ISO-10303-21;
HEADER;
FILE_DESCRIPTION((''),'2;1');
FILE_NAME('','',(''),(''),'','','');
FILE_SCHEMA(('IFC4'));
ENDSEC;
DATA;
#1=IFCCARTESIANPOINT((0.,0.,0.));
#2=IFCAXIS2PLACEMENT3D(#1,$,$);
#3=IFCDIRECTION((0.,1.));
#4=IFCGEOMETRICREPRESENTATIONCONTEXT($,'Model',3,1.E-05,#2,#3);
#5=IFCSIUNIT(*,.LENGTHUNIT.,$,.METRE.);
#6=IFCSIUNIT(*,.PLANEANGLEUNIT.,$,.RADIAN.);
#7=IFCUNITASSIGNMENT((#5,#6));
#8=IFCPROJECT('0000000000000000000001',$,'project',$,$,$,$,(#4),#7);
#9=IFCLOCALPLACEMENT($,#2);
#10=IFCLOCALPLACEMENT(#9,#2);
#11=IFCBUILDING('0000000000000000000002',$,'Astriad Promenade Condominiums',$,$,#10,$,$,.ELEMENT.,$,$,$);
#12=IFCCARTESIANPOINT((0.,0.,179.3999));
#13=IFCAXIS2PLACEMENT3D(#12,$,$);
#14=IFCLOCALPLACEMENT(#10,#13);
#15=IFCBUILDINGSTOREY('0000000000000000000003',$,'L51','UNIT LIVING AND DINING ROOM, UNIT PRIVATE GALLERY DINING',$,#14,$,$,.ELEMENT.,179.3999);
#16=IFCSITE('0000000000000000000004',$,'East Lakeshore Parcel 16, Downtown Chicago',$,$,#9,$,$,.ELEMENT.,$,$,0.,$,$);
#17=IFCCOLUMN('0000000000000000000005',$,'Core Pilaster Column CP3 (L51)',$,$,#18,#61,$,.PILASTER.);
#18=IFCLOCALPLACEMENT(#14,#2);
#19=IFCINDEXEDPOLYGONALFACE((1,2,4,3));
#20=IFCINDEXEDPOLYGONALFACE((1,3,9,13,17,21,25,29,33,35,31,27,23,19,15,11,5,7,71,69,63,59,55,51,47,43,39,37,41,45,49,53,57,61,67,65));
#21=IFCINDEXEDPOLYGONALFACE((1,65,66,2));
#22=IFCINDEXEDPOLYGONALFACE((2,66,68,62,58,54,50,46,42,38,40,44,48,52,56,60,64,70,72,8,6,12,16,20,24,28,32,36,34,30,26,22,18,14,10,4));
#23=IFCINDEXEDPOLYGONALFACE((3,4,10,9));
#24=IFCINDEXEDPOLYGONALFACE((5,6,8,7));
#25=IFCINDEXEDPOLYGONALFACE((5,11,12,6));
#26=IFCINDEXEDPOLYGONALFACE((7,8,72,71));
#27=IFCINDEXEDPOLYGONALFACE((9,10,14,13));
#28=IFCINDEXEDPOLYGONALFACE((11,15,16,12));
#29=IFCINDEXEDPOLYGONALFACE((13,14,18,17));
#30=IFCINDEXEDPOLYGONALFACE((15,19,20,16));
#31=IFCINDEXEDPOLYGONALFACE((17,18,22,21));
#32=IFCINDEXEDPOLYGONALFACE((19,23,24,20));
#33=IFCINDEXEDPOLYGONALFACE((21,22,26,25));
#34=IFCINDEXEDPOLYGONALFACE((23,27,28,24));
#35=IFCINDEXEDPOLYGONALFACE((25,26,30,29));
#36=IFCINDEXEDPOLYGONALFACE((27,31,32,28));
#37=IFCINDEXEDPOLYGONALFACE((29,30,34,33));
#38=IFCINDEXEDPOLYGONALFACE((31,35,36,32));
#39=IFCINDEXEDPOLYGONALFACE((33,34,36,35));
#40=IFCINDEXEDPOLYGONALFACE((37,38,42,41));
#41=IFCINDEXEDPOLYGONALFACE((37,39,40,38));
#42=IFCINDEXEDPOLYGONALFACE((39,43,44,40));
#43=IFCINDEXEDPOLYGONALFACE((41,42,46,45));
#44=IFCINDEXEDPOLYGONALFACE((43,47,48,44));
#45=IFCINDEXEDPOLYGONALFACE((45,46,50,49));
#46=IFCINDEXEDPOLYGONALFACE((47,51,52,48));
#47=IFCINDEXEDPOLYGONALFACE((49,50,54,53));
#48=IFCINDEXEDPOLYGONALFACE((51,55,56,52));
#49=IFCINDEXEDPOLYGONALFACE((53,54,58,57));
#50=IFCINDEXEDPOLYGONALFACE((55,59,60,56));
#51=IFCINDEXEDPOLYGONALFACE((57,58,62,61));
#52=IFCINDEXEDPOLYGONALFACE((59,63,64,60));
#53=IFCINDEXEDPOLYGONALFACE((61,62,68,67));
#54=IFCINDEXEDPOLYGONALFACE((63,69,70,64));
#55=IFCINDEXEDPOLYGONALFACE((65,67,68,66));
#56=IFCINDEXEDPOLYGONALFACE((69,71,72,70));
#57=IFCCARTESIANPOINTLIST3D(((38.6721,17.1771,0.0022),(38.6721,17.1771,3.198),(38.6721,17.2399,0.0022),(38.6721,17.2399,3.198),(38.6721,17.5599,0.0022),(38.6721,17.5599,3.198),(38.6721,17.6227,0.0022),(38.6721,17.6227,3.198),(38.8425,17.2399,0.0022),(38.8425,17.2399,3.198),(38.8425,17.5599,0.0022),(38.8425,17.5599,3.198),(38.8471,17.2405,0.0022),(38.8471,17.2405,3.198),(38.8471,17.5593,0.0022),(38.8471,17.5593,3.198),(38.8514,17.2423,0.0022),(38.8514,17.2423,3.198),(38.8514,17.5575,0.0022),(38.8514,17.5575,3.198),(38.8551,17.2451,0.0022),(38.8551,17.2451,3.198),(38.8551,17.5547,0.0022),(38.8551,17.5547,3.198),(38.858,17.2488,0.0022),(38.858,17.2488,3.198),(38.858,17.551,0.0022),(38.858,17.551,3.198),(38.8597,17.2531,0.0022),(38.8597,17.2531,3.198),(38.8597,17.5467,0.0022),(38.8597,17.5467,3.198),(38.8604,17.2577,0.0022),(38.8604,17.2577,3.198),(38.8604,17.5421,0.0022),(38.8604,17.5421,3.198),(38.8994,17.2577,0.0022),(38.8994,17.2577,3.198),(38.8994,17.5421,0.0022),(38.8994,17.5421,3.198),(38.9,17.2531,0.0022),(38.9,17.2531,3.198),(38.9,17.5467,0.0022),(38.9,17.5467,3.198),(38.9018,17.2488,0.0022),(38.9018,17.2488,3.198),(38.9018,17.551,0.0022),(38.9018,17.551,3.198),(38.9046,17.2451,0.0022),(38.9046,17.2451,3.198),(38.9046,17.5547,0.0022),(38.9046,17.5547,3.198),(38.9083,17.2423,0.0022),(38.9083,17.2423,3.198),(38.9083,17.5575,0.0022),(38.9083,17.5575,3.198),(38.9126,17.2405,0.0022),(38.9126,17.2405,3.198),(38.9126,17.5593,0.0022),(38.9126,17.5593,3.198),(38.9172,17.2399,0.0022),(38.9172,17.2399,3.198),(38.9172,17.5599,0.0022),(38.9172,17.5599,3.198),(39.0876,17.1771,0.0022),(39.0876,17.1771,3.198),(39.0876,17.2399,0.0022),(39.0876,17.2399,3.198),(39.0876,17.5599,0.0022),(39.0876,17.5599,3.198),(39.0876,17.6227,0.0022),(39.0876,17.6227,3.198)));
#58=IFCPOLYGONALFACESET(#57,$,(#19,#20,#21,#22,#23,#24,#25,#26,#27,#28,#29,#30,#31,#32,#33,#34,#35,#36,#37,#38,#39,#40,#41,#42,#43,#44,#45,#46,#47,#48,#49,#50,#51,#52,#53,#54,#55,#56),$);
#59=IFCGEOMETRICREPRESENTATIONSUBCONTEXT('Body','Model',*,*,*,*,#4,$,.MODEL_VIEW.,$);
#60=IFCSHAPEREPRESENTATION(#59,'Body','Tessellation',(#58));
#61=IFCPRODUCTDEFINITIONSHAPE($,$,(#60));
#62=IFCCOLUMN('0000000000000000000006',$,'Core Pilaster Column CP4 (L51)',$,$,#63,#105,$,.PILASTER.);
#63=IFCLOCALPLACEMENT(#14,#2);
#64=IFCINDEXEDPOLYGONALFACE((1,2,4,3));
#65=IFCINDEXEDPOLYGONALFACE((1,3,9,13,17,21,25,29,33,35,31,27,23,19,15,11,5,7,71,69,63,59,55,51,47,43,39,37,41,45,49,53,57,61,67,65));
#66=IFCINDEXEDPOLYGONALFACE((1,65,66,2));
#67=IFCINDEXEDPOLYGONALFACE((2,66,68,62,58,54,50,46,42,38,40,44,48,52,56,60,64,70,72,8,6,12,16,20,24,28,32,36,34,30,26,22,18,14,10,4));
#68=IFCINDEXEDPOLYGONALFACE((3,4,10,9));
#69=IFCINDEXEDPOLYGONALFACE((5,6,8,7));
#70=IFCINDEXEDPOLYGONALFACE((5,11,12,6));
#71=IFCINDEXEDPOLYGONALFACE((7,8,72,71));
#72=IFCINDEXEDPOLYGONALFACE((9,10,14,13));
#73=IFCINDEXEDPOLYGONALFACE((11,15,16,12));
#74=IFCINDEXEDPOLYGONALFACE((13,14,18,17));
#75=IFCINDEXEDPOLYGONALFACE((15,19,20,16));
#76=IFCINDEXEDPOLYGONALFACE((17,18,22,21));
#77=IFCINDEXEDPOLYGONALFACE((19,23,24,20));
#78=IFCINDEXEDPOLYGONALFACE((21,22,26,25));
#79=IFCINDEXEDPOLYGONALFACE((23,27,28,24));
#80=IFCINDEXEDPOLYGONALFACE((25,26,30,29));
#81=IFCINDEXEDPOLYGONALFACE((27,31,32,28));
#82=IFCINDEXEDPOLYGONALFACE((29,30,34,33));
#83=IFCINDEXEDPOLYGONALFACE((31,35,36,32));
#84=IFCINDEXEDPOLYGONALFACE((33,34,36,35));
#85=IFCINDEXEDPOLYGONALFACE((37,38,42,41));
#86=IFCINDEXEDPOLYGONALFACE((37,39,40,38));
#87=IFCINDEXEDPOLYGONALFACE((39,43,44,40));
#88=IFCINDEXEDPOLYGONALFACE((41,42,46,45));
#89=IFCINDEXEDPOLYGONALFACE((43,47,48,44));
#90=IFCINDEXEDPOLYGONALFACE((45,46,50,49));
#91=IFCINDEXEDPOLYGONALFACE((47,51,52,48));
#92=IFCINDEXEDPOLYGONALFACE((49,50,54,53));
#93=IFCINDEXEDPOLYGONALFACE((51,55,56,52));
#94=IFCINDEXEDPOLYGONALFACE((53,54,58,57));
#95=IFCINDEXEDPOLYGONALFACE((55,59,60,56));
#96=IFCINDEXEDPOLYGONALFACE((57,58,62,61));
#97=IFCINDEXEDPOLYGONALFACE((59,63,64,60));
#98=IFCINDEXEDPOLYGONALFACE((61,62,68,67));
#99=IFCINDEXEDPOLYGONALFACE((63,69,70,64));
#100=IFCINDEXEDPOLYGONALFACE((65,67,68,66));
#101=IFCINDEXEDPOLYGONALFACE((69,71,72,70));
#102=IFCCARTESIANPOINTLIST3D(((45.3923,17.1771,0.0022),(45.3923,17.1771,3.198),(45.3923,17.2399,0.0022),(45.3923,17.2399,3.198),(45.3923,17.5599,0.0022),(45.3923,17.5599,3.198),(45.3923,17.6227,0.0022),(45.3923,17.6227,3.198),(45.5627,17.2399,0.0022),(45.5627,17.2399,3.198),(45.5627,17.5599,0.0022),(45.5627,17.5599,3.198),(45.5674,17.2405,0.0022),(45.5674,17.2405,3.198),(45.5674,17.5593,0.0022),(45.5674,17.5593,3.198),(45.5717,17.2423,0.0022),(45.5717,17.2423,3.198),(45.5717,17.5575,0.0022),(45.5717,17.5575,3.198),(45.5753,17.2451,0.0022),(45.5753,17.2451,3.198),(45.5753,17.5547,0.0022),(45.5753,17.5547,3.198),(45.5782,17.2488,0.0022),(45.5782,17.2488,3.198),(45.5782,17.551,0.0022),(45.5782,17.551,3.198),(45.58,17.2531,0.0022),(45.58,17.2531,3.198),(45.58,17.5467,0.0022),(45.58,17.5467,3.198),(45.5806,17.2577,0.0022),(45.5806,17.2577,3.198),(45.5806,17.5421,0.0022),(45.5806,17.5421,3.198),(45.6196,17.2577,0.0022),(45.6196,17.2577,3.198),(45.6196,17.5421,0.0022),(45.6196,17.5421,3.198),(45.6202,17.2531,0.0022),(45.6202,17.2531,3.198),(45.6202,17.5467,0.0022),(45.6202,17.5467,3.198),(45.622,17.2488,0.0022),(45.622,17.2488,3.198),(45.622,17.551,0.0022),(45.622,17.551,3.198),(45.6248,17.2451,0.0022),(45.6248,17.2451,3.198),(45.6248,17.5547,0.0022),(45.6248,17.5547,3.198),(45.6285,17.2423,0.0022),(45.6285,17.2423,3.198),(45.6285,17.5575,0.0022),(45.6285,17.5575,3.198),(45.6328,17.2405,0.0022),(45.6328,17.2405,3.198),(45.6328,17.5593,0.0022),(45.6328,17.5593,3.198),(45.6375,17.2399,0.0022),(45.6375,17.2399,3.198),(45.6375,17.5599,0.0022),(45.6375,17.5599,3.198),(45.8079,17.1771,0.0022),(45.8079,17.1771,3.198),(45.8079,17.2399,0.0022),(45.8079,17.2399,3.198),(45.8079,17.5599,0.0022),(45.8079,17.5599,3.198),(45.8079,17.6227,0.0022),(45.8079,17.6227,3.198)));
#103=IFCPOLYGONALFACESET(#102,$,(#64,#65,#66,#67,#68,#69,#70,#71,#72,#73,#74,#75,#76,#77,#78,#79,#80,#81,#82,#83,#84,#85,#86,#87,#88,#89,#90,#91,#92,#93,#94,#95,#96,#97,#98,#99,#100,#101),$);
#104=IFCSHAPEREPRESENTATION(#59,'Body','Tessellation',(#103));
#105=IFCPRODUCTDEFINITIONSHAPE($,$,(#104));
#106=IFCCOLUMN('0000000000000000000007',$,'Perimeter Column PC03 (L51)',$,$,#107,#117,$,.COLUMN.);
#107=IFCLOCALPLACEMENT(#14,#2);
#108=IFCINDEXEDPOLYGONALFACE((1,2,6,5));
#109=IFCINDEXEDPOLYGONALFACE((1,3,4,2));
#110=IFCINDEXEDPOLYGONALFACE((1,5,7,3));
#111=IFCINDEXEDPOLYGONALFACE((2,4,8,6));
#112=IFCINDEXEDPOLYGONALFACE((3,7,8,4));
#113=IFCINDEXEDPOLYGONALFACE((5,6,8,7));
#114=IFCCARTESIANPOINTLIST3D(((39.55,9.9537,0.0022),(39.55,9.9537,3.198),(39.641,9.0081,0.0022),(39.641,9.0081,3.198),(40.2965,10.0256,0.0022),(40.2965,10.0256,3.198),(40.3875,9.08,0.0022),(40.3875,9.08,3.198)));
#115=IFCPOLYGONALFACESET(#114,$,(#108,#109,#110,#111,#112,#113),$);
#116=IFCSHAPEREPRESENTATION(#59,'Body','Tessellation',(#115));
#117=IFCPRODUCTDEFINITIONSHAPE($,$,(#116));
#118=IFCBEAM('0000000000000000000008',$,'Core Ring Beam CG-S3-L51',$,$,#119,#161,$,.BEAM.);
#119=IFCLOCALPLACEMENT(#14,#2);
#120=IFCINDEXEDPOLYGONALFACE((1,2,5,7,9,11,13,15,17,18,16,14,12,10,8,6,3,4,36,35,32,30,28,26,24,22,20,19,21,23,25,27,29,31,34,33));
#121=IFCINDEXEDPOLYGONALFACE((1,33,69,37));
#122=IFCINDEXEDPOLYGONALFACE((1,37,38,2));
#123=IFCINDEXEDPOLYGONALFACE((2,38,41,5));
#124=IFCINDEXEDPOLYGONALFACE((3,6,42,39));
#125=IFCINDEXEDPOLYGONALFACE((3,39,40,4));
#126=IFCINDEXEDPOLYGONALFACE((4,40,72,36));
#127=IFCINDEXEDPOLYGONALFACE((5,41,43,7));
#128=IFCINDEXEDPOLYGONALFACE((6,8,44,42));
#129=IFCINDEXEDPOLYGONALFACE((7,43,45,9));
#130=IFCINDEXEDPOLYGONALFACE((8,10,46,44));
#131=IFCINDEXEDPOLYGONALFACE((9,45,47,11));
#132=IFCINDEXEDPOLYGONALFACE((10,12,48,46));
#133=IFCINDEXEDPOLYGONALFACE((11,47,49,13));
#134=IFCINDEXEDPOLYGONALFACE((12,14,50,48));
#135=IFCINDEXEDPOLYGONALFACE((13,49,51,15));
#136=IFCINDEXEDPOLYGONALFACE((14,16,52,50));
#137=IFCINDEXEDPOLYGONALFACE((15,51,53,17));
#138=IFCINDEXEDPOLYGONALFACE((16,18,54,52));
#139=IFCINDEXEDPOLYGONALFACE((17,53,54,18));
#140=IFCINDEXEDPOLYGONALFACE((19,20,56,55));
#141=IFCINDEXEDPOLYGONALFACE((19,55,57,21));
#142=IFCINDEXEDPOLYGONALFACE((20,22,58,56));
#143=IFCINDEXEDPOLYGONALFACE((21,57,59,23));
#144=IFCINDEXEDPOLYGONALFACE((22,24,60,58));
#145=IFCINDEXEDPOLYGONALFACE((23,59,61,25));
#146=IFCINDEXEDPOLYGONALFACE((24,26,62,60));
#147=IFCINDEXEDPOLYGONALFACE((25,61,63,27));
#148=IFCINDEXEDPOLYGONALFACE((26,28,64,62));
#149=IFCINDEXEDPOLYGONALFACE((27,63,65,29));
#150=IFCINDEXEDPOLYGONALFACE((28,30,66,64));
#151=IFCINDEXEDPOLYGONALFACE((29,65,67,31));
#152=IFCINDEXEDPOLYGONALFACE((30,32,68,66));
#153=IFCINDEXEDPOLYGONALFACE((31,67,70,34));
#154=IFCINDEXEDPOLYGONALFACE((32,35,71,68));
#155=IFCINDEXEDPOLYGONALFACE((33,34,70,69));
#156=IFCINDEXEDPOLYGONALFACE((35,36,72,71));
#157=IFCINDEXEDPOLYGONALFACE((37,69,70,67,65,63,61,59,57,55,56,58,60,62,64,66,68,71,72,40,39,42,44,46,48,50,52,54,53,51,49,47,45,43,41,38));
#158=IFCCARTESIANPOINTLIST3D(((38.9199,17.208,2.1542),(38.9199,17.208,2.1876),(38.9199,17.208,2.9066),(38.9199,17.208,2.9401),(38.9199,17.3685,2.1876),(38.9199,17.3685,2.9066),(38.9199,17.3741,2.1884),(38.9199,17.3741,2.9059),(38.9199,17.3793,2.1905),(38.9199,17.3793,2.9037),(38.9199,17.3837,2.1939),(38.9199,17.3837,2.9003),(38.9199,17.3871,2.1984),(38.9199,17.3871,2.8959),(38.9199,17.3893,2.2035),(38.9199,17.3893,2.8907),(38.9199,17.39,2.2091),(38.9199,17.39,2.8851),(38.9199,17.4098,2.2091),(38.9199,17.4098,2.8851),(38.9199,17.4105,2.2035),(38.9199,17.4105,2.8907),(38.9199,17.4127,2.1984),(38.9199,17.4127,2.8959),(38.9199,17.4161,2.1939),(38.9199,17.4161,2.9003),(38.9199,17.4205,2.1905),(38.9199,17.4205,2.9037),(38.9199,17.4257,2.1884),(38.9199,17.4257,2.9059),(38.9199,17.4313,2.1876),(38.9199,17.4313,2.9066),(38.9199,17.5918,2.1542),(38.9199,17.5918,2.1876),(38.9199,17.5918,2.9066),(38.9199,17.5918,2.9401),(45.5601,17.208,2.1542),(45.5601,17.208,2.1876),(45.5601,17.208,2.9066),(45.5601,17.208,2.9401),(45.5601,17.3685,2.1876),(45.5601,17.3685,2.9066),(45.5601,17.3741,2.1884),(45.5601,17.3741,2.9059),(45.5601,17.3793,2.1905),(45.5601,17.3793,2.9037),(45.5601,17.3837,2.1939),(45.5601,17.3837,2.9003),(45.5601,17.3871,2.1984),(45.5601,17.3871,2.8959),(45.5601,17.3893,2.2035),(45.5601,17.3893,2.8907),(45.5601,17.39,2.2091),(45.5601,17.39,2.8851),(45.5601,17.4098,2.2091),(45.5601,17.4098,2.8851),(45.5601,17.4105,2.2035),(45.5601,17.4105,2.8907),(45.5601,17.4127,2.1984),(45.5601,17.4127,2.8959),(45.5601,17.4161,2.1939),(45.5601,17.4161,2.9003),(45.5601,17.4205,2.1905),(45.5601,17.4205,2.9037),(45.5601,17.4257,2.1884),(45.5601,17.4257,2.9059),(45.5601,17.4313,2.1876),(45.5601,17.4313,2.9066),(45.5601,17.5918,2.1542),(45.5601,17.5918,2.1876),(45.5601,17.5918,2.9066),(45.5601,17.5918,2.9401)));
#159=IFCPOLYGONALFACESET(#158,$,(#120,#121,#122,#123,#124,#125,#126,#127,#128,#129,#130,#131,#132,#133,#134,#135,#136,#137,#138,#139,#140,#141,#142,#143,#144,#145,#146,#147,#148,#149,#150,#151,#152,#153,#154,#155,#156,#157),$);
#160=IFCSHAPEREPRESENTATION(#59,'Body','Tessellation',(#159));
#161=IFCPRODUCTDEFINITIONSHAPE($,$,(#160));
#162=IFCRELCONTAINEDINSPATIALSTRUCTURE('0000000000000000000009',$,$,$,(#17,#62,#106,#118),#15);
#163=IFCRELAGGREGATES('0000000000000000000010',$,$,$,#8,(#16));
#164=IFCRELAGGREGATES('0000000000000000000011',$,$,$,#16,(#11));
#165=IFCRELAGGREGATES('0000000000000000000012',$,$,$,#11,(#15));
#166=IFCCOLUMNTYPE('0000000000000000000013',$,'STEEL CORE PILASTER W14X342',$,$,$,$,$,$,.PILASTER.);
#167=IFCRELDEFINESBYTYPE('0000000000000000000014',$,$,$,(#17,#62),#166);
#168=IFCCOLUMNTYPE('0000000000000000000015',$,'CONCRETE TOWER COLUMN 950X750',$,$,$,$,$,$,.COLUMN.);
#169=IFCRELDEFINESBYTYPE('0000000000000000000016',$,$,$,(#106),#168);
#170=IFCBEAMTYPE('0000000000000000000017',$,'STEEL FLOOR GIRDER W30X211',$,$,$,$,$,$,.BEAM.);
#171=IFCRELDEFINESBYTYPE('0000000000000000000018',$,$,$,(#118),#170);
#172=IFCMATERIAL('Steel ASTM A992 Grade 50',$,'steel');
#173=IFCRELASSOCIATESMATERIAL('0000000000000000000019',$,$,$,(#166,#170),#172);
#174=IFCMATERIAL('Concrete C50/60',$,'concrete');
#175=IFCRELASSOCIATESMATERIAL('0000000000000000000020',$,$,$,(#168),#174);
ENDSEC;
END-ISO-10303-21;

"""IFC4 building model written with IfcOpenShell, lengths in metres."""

from ifc_helpers import new_model, si_unit, direction, frame, origin, origin_2d, place, context, subcontext, project, spatial, rectangle, i_section, extrude, source, transform, mapped, material, material_profile, profile_set, type_object, type_shapes, element, save


model = new_model("IFC4")

# Units and contexts
model_context = context("Model", 3, precision=1e-05, world=origin(), true_north=direction((0.0, 1.0)))
body_context = subcontext(model_context, "Body", "Model", "MODEL_VIEW")
ifc_project = project(units=[si_unit("LENGTHUNIT", "METRE"), si_unit("PLANEANGLEUNIT", "RADIAN")], contexts=[model_context])

# Site, building, storey
site_placement = place(None, origin())
site = spatial("IfcSite", under=ifc_project, at=site_placement, Name="East Lakeshore Parcel 16, Downtown Chicago", CompositionType="ELEMENT", RefElevation=0.0)
building_placement = place(site_placement, origin())
building = spatial("IfcBuilding", under=site, at=building_placement, Name="Astriad Promenade Condominiums", CompositionType="ELEMENT")
storey_placement = place(building_placement, frame((0.0, 0.0, 179.3999)))
storey = spatial("IfcBuildingStorey", under=building, at=storey_placement, Name="L51", Description="UNIT LIVING AND DINING ROOM, UNIT PRIVATE GALLERY DINING", CompositionType="ELEMENT", Elevation=179.3999)

# Columns
ifc_material_1 = material(Name="Steel ASTM A992 Grade 50", Category="steel")
ifc_material_profile_1 = material_profile(ifc_material_1, i_section(OverallWidth=0.4155, OverallDepth=0.4456, WebThickness=0.0391, FlangeThickness=0.0627, FilletRadius=0.0178, at=origin_2d()), Name="W14X342")
ifc_profile_set_1 = profile_set([ifc_material_profile_1], Name="Steel ASTM A992 Grade 50")
column_type_1 = type_object("IfcColumnType", Name="STEEL CORE PILASTER W14X342", PredefinedType="PILASTER", material=ifc_profile_set_1)
shared_shape_1 = source(origin(), body_context, "Body", "SweptSolid", [
    extrude(i_section(OverallWidth=0.4155, OverallDepth=0.4456, WebThickness=0.0391, FlangeThickness=0.0627, FilletRadius=0.0178, at=origin_2d()), origin(), (0.0, 0.0, 1.0), 3.1958),
])
type_shapes(column_type_1, [shared_shape_1])
for number, where, z_axis, x_axis, name in (
    (1, (38.8799, 17.3999, 0.0022), (0.0, 0.0, 1.0), (1.0, 0.0, 0.0), "Core Pilaster Column CP3 (L51)"),
    (2, (45.6001, 17.3999, 0.0022), (0.0, 0.0, 1.0), (1.0, 0.0, 0.0), "Core Pilaster Column CP4 (L51)"),
):
    element("IfcColumn", number, at=place(storey_placement, frame(where, z_axis=z_axis, x_axis=x_axis)), inside=storey, type_object=column_type_1, Name=name, PredefinedType="PILASTER", context=body_context, shape_type="MappedRepresentation", body=[
        mapped(shared_shape_1, transform((0.0, 0.0, 0.0), scale=1.0)),
    ])
ifc_material_2 = material(Name="Concrete C50/60", Category="concrete")
ifc_material_profile_2 = material_profile(ifc_material_2, rectangle(XDim=0.75, YDim=0.95, at=origin_2d()), Name="RC-COL-950X750")
ifc_profile_set_2 = profile_set([ifc_material_profile_2], Name="Concrete C50/60")
column_type_2 = type_object("IfcColumnType", Name="CONCRETE TOWER COLUMN 950X750", PredefinedType="COLUMN", material=ifc_profile_set_2)
shared_shape_2 = source(origin(), body_context, "Body", "SweptSolid", [
    extrude(rectangle(XDim=0.75, YDim=0.95, at=origin_2d()), origin(), (0.0, 0.0, 1.0), 3.1958),
])
type_shapes(column_type_2, [shared_shape_2])
column_placement = place(storey_placement, frame((39.9688, 9.5168, 0.0022), z_axis=(0.0, 0.0, 1.0), x_axis=(0.995396, 0.095846, 0.0)))
element("IfcColumn", 3, at=column_placement, inside=storey, type_object=column_type_2, Name="Perimeter Column PC03 (L51)", PredefinedType="COLUMN", context=body_context, shape_type="MappedRepresentation", body=[
    mapped(shared_shape_2, transform((0.0, 0.0, 0.0), scale=1.0)),
])

# Beam
ifc_material_profile_3 = material_profile(ifc_material_1, i_section(OverallWidth=0.3838, OverallDepth=0.7859, WebThickness=0.0198, FlangeThickness=0.0334, FilletRadius=0.0215, at=origin_2d()), Name="W30X211")
ifc_profile_set_3 = profile_set([ifc_material_profile_3], Name="Steel ASTM A992 Grade 50")
beam_type_1 = type_object("IfcBeamType", Name="STEEL FLOOR GIRDER W30X211", PredefinedType="BEAM", material=ifc_profile_set_3)
shared_shape_3 = source(origin(), body_context, "Body", "SweptSolid", [
    extrude(i_section(OverallWidth=0.3838, OverallDepth=0.7859, WebThickness=0.0198, FlangeThickness=0.0334, FilletRadius=0.0215, at=origin_2d()), origin(), (0.0, 0.0, 1.0), 6.6401),
])
type_shapes(beam_type_1, [shared_shape_3])
beam_1_placement = place(storey_placement, frame((38.9199, 17.3999, 2.5471), z_axis=(1.0, 0.0, 0.0), x_axis=(0.0, 1.0, 0.0)))
element("IfcBeam", 4, at=beam_1_placement, inside=storey, type_object=beam_type_1, Name="Core Ring Beam CG-S3-L51", PredefinedType="BEAM", context=body_context, shape_type="MappedRepresentation", body=[
    mapped(shared_shape_3, transform((0.0, 0.0, 0.0), scale=1.0)),
])

save(model, "model.ifc")
